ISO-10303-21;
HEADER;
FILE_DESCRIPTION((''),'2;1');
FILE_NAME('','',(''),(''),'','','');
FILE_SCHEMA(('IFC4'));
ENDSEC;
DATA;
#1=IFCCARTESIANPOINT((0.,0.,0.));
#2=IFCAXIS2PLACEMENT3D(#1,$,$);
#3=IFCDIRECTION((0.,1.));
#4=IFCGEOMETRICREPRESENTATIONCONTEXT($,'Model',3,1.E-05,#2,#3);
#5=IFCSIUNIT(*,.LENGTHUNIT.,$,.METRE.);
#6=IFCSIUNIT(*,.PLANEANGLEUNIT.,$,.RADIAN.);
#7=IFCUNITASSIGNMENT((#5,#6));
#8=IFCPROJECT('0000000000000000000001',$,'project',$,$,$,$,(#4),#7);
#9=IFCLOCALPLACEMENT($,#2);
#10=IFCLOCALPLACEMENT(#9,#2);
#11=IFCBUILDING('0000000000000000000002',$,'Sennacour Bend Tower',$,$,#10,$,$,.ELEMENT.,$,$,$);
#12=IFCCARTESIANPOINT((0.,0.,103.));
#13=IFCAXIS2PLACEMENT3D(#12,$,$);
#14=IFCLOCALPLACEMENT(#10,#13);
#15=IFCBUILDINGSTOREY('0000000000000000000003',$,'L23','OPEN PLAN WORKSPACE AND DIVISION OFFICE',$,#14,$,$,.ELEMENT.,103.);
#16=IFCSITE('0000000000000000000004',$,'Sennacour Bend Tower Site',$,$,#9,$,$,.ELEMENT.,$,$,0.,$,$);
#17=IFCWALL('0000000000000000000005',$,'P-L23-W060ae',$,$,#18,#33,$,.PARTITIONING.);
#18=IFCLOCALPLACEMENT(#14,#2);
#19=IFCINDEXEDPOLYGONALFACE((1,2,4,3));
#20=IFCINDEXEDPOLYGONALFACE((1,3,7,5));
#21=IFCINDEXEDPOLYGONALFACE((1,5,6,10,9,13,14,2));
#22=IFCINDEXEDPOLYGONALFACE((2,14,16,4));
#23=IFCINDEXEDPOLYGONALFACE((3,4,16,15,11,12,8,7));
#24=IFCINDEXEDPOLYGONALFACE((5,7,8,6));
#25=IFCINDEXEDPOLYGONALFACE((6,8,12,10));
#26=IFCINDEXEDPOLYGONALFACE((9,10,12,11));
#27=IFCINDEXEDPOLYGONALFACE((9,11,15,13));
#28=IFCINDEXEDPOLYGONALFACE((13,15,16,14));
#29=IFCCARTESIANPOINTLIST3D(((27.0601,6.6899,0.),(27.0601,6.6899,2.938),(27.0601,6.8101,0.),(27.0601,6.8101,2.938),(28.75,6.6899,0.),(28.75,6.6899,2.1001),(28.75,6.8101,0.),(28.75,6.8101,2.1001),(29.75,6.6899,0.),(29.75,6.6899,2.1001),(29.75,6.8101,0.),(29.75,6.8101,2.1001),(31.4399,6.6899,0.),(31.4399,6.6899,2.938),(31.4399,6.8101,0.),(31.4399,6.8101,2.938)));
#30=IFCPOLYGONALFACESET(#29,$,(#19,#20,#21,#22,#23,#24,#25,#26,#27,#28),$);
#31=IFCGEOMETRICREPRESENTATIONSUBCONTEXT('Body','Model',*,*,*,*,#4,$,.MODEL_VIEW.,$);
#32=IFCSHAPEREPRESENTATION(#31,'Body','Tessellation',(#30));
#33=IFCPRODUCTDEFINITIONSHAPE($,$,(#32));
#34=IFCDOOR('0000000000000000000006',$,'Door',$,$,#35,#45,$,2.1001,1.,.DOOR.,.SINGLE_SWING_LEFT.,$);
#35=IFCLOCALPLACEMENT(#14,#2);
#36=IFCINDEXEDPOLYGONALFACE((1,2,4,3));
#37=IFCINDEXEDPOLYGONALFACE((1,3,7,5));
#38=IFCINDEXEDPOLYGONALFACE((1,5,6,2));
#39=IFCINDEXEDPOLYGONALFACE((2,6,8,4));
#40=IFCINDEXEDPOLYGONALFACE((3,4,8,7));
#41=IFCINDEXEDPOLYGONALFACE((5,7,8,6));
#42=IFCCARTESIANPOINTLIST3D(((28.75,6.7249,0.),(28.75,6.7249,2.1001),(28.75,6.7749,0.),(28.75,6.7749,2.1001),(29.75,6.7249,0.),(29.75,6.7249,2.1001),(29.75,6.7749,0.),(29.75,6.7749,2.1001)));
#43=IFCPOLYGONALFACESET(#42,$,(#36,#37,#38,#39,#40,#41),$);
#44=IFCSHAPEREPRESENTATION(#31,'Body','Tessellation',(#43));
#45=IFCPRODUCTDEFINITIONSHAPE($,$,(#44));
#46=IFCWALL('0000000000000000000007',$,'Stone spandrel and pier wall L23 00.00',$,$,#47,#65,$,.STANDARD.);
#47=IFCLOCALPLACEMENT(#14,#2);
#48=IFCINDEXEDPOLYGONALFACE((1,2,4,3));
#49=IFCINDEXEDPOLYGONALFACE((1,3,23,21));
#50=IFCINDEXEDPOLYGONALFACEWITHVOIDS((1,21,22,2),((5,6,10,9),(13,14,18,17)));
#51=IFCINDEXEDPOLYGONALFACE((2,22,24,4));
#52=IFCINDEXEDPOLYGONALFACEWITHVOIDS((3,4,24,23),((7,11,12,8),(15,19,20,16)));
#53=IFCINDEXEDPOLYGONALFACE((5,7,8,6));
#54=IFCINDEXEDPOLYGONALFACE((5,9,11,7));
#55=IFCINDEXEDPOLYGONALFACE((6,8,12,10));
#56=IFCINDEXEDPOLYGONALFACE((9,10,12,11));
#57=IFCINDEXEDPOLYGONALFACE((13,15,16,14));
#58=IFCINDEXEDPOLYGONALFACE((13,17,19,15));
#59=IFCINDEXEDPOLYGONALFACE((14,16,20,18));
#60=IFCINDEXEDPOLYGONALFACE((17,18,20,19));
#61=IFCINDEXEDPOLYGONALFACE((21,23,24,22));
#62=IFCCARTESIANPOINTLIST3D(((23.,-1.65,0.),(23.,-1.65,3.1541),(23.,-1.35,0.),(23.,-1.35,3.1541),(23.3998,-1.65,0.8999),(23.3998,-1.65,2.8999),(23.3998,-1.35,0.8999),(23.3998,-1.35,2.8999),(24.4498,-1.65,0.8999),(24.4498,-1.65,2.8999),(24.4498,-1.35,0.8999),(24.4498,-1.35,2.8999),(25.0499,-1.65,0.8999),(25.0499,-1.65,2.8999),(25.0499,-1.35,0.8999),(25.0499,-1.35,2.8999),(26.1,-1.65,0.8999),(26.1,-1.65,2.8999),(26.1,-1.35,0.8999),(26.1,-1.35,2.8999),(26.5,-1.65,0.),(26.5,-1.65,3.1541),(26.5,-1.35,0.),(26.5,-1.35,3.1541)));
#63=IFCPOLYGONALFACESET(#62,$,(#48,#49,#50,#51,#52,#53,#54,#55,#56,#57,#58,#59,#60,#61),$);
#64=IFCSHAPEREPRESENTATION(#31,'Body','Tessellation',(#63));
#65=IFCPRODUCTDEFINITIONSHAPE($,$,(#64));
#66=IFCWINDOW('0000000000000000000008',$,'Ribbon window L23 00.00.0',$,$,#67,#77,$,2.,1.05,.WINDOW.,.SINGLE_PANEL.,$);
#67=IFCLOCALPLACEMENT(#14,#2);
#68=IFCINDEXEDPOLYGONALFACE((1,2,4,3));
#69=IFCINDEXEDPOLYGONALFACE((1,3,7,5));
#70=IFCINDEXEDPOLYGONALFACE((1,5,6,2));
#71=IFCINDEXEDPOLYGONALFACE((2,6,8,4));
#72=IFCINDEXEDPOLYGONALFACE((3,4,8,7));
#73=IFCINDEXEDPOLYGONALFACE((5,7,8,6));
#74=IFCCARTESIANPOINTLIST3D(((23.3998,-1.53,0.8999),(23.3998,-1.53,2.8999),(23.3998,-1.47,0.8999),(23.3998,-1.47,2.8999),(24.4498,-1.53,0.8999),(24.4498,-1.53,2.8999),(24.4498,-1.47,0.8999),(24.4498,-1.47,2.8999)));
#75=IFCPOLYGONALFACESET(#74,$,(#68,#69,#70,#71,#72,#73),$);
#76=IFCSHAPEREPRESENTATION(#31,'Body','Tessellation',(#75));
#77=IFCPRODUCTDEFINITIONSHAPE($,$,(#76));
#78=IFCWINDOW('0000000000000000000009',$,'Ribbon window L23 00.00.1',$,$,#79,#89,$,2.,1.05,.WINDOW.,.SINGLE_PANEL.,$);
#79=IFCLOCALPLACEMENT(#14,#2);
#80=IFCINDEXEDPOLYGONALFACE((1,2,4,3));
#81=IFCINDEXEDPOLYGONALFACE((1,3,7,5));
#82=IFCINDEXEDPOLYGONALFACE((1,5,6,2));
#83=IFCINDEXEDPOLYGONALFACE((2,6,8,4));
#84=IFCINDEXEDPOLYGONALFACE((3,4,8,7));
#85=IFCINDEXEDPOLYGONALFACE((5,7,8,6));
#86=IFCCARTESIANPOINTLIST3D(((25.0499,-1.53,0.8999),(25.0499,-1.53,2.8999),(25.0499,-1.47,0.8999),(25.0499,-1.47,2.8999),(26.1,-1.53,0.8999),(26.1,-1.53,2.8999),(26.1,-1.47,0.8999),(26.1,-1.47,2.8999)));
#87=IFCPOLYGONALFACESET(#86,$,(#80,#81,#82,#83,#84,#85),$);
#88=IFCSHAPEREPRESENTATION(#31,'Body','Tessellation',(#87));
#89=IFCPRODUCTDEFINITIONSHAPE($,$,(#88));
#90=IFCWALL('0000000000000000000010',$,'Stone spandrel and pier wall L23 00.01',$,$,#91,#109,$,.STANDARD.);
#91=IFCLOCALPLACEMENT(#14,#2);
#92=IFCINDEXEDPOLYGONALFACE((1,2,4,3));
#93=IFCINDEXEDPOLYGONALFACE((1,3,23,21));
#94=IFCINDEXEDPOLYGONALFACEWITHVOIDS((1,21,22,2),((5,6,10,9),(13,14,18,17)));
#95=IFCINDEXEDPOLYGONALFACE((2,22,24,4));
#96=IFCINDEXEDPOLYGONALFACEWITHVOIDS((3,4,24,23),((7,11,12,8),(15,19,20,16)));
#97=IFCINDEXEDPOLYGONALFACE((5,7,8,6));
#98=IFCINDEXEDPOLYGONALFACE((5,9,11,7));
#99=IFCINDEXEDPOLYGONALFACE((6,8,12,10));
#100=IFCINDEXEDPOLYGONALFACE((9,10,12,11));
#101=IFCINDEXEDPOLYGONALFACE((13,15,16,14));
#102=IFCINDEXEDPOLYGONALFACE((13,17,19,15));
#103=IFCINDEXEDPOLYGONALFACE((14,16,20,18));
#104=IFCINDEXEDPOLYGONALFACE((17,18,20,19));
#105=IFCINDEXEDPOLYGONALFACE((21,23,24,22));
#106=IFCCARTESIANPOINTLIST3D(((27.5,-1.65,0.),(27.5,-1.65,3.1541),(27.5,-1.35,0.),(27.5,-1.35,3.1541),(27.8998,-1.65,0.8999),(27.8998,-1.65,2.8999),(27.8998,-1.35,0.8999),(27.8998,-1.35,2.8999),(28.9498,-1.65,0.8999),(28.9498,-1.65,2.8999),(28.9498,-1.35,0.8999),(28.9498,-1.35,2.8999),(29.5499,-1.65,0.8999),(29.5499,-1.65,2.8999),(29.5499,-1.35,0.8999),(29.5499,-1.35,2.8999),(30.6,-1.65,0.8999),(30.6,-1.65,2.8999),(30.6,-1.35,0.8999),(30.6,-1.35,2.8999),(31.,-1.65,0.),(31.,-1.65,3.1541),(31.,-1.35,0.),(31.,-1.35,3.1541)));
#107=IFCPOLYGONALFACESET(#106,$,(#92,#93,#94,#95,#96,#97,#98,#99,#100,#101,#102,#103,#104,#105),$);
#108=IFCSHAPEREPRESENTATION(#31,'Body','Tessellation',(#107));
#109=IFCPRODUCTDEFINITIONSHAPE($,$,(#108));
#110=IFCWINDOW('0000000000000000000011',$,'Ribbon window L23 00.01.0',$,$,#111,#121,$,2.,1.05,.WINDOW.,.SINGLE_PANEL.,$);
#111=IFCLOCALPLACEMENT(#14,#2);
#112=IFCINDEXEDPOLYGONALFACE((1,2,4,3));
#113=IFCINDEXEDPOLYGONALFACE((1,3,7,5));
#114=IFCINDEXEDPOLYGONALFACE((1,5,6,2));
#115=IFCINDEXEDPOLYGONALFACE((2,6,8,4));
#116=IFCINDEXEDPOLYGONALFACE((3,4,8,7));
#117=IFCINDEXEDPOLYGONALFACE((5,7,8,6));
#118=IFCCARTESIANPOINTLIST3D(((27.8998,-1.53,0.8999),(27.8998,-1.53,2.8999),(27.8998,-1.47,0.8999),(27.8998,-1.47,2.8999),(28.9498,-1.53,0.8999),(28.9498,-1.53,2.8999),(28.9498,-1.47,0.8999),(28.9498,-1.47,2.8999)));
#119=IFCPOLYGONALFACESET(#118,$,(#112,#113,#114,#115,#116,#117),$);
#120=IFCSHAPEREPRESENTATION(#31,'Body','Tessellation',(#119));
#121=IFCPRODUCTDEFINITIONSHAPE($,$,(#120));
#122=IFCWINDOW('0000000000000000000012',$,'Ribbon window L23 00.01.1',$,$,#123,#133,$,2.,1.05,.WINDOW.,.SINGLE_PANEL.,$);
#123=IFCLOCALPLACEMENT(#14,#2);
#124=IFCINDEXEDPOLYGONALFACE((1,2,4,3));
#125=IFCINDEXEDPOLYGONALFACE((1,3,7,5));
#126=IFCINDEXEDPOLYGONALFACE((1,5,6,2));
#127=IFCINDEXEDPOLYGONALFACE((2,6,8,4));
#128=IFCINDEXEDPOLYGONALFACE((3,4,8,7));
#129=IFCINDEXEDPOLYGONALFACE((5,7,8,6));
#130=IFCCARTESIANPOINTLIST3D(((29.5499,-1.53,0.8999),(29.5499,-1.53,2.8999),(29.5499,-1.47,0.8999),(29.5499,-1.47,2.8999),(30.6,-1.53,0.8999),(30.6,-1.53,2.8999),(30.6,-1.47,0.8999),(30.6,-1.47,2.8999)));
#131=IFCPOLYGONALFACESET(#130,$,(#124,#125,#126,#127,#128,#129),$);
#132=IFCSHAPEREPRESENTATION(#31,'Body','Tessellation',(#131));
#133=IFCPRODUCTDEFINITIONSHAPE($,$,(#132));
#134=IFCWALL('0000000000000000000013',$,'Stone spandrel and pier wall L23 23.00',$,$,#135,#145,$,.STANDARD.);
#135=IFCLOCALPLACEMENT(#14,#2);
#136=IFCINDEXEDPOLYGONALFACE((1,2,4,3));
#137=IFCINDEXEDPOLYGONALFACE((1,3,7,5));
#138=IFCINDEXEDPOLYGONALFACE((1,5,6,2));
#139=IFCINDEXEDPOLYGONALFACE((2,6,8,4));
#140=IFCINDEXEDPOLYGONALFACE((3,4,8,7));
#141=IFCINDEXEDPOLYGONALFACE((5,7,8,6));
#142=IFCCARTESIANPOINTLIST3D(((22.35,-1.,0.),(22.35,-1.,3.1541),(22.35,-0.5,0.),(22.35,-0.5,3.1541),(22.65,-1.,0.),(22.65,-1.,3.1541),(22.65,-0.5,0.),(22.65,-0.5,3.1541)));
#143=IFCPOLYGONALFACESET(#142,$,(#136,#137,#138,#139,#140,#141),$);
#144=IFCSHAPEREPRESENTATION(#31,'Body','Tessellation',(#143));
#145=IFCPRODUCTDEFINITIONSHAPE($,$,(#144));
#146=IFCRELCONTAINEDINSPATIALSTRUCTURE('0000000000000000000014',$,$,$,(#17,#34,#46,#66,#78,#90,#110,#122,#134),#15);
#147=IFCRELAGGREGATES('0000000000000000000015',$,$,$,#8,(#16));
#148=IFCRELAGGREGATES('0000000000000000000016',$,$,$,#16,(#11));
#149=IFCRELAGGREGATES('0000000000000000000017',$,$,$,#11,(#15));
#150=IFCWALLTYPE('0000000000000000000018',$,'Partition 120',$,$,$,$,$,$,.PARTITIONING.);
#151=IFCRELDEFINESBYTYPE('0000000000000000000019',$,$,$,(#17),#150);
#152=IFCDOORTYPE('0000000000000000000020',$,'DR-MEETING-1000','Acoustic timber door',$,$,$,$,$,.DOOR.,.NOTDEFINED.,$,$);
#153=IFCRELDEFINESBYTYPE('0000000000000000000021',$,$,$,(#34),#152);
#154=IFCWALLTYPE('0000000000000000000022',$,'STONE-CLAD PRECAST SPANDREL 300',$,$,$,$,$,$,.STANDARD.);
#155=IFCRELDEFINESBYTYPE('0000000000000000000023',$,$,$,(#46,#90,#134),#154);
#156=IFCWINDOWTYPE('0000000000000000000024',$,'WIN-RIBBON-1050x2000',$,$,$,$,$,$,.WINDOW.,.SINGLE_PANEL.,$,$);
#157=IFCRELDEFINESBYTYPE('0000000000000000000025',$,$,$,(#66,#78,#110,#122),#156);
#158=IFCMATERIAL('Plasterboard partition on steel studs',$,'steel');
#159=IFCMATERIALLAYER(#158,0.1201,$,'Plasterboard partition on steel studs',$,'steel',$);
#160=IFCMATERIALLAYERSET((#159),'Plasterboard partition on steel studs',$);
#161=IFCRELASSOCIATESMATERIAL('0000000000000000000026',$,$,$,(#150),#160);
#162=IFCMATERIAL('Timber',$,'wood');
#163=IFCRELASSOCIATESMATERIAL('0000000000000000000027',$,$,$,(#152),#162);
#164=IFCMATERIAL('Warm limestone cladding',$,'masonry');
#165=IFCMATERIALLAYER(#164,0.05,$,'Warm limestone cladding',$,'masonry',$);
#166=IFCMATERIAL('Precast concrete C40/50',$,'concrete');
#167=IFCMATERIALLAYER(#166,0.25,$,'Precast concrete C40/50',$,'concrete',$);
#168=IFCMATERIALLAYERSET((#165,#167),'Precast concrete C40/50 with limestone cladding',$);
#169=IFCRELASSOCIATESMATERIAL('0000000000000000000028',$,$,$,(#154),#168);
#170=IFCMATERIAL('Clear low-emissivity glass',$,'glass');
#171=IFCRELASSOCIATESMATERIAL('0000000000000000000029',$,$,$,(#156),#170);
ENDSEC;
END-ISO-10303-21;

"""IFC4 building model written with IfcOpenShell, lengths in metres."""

from ifc_helpers import new_model, si_unit, direction, frame, frame_2d, origin, place, context, subcontext, project, spatial, rectangle, extrude, material, layer, layer_set, type_object, element, fill, save


model = new_model("IFC4")

# Units and contexts
model_context = context("Model", 3, precision=1e-05, world=origin(), true_north=direction((0.0, 1.0)))
body_context = subcontext(model_context, "Body", "Model", "MODEL_VIEW")
ifc_project = project(units=[si_unit("LENGTHUNIT", "METRE"), si_unit("PLANEANGLEUNIT", "RADIAN")], contexts=[model_context])

# Site, building, storey
site_placement = place(None, origin())
site = spatial("IfcSite", under=ifc_project, at=site_placement, Name="Sennacour Bend Tower Site", CompositionType="ELEMENT", RefElevation=0.0)
building_placement = place(site_placement, origin())
building = spatial("IfcBuilding", under=site, at=building_placement, Name="Sennacour Bend Tower", CompositionType="ELEMENT")
storey_placement = place(building_placement, frame((0.0, 0.0, 103.0)))
storey = spatial("IfcBuildingStorey", under=building, at=storey_placement, Name="L23", Description="OPEN PLAN WORKSPACE AND DIVISION OFFICE", CompositionType="ELEMENT", Elevation=103.0)

# Shared definitions
ifc_material_1 = material(Name="Plasterboard partition on steel studs", Category="steel")
ifc_layer_1 = layer(ifc_material_1, 0.1201, Name="Plasterboard partition on steel studs", Category="steel")
ifc_layer_set_1 = layer_set([ifc_layer_1], Name="Plasterboard partition on steel studs")
wall_type_1 = type_object("IfcWallType", Name="Partition 120", PredefinedType="PARTITIONING", material=ifc_layer_set_1)

# Wall, opening, door
ifc_material_2 = material(Name="Timber", Category="wood")
wall_1_placement = place(storey_placement, frame((27.0601, 6.75, 0.0), z_axis=(0.0, 0.0, 1.0), x_axis=(1.0, 0.0, 0.0)))
wall_1 = element("IfcWall", 1, at=wall_1_placement, inside=storey, type_object=wall_type_1, Name="P-L23-W060ae", PredefinedType="PARTITIONING", context=body_context, shape_type="SweptSolid", body=[
    extrude(rectangle(XDim=4.3799, YDim=0.1201, at=frame_2d((2.1899, 0.0))), origin(), (0.0, 0.0, 1.0), 2.938),
])
opening_1_placement = place(wall_1_placement, frame((1.6899, 0.0, 0.0)))
opening_1 = element("IfcOpeningElement", 2, at=opening_1_placement, cuts=wall_1, PredefinedType="OPENING", context=body_context, shape_type="SweptSolid", body=[
    extrude(rectangle(XDim=1.0, YDim=2.1001, at=frame_2d((0.5, 1.05))), frame((0.0, 0.0701, 0.0), z_axis=(0.0, -1.0, 0.0), x_axis=(1.0, 0.0, 0.0)), (0.0, 0.0, 1.0), 0.1401),
])
door_type_1 = type_object("IfcDoorType", Name="DR-MEETING-1000", Description="Acoustic timber door", OperationType="NOTDEFINED", PredefinedType="DOOR", material=ifc_material_2)
door_1_placement = place(opening_1_placement, origin())
door_1 = element("IfcDoor", 3, at=door_1_placement, inside=storey, type_object=door_type_1, Name="Door", OperationType="SINGLE_SWING_LEFT", OverallHeight=2.1001, OverallWidth=1.0, PredefinedType="DOOR", context=body_context, shape_type="SweptSolid", body=[
    extrude(rectangle(XDim=1.0, YDim=2.1001, at=frame_2d((0.5, 1.05))), frame((0.0, 0.0249, 0.0), z_axis=(0.0, -1.0, 0.0), x_axis=(1.0, 0.0, 0.0)), (0.0, 0.0, 1.0), 0.05),
])
fill(opening_1, door_1)

# Walls, openings, windows
ifc_material_3 = material(Name="Warm limestone cladding", Category="masonry")
ifc_layer_2 = layer(ifc_material_3, 0.05, Name="Warm limestone cladding", Category="masonry")
ifc_material_4 = material(Name="Precast concrete C40/50", Category="concrete")
ifc_layer_3 = layer(ifc_material_4, 0.25, Name="Precast concrete C40/50", Category="concrete")
ifc_layer_set_2 = layer_set([ifc_layer_2, ifc_layer_3], Name="Precast concrete C40/50 with limestone cladding")
wall_type_2 = type_object("IfcWallType", Name="STONE-CLAD PRECAST SPANDREL 300", PredefinedType="STANDARD", material=ifc_layer_set_2)
wall_2_placement = place(storey_placement, frame((23.0, -1.5, 0.0), z_axis=(0.0, 0.0, 1.0), x_axis=(1.0, 0.0, 0.0)))
wall_2 = element("IfcWall", 4, at=wall_2_placement, inside=storey, type_object=wall_type_2, Name="Stone spandrel and pier wall L23 00.00", PredefinedType="STANDARD", context=body_context, shape_type="SweptSolid", body=[
    extrude(rectangle(XDim=3.5, YDim=0.3, at=frame_2d((1.75, 0.0))), origin(), (0.0, 0.0, 1.0), 3.1541),
])
opening_2_placement = place(wall_2_placement, frame((0.3999, 0.0, 0.8999)))
opening_2 = element("IfcOpeningElement", 5, at=opening_2_placement, cuts=wall_2, PredefinedType="OPENING", context=body_context, shape_type="SweptSolid", body=[
    extrude(rectangle(XDim=1.05, YDim=2.0, at=frame_2d((0.5249, 1.0))), frame((0.0, 0.1602, 0.0), z_axis=(0.0, -1.0, 0.0), x_axis=(1.0, 0.0, 0.0)), (0.0, 0.0, 1.0), 0.3201),
])
opening_3_placement = place(wall_2_placement, frame((2.05, 0.0, 0.8999)))
opening_3 = element("IfcOpeningElement", 6, at=opening_3_placement, cuts=wall_2, PredefinedType="OPENING", context=body_context, shape_type="SweptSolid", body=[
    extrude(rectangle(XDim=1.05, YDim=2.0, at=frame_2d((0.5249, 1.0))), frame((0.0, 0.1602, 0.0), z_axis=(0.0, -1.0, 0.0), x_axis=(1.0, 0.0, 0.0)), (0.0, 0.0, 1.0), 0.3201),
])
ifc_material_5 = material(Name="Clear low-emissivity glass", Category="glass")
window_type = type_object("IfcWindowType", Name="WIN-RIBBON-1050x2000", PartitioningType="SINGLE_PANEL", PredefinedType="WINDOW", material=ifc_material_5)
window_1_placement = place(opening_2_placement, origin())
window_1 = element("IfcWindow", 7, at=window_1_placement, inside=storey, type_object=window_type, Name="Ribbon window L23 00.00.0", OverallHeight=2.0, OverallWidth=1.05, PartitioningType="SINGLE_PANEL", PredefinedType="WINDOW", context=body_context, shape_type="SweptSolid", body=[
    extrude(rectangle(XDim=1.05, YDim=2.0, at=frame_2d((0.5249, 1.0))), frame((0.0, 0.03, 0.0), z_axis=(0.0, -1.0, 0.0), x_axis=(1.0, 0.0, 0.0)), (0.0, 0.0, 1.0), 0.0601),
])
fill(opening_2, window_1)
window_2_placement = place(opening_3_placement, origin())
window_2 = element("IfcWindow", 8, at=window_2_placement, inside=storey, type_object=window_type, Name="Ribbon window L23 00.00.1", OverallHeight=2.0, OverallWidth=1.05, PartitioningType="SINGLE_PANEL", PredefinedType="WINDOW", context=body_context, shape_type="SweptSolid", body=[
    extrude(rectangle(XDim=1.05, YDim=2.0, at=frame_2d((0.5249, 1.0))), frame((0.0, 0.03, 0.0), z_axis=(0.0, -1.0, 0.0), x_axis=(1.0, 0.0, 0.0)), (0.0, 0.0, 1.0), 0.0601),
])
fill(opening_3, window_2)
wall_3_placement = place(storey_placement, frame((27.5, -1.5, 0.0), z_axis=(0.0, 0.0, 1.0), x_axis=(1.0, 0.0, 0.0)))
wall_3 = element("IfcWall", 9, at=wall_3_placement, inside=storey, type_object=wall_type_2, Name="Stone spandrel and pier wall L23 00.01", PredefinedType="STANDARD", context=body_context, shape_type="SweptSolid", body=[
    extrude(rectangle(XDim=3.5, YDim=0.3, at=frame_2d((1.75, 0.0))), origin(), (0.0, 0.0, 1.0), 3.1541),
])
opening_4_placement = place(wall_3_placement, frame((0.3999, 0.0, 0.8999)))
opening_4 = element("IfcOpeningElement", 10, at=opening_4_placement, cuts=wall_3, PredefinedType="OPENING", context=body_context, shape_type="SweptSolid", body=[
    extrude(rectangle(XDim=1.05, YDim=2.0, at=frame_2d((0.5249, 1.0))), frame((0.0, 0.1602, 0.0), z_axis=(0.0, -1.0, 0.0), x_axis=(1.0, 0.0, 0.0)), (0.0, 0.0, 1.0), 0.3201),
])
opening_5_placement = place(wall_3_placement, frame((2.05, 0.0, 0.8999)))
opening_5 = element("IfcOpeningElement", 11, at=opening_5_placement, cuts=wall_3, PredefinedType="OPENING", context=body_context, shape_type="SweptSolid", body=[
    extrude(rectangle(XDim=1.05, YDim=2.0, at=frame_2d((0.5249, 1.0))), frame((0.0, 0.1602, 0.0), z_axis=(0.0, -1.0, 0.0), x_axis=(1.0, 0.0, 0.0)), (0.0, 0.0, 1.0), 0.3201),
])
window_3_placement = place(opening_4_placement, origin())
window_3 = element("IfcWindow", 12, at=window_3_placement, inside=storey, type_object=window_type, Name="Ribbon window L23 00.01.0", OverallHeight=2.0, OverallWidth=1.05, PartitioningType="SINGLE_PANEL", PredefinedType="WINDOW", context=body_context, shape_type="SweptSolid", body=[
    extrude(rectangle(XDim=1.05, YDim=2.0, at=frame_2d((0.5249, 1.0))), frame((0.0, 0.03, 0.0), z_axis=(0.0, -1.0, 0.0), x_axis=(1.0, 0.0, 0.0)), (0.0, 0.0, 1.0), 0.0601),
])
fill(opening_4, window_3)
window_4_placement = place(opening_5_placement, origin())
window_4 = element("IfcWindow", 13, at=window_4_placement, inside=storey, type_object=window_type, Name="Ribbon window L23 00.01.1", OverallHeight=2.0, OverallWidth=1.05, PartitioningType="SINGLE_PANEL", PredefinedType="WINDOW", context=body_context, shape_type="SweptSolid", body=[
    extrude(rectangle(XDim=1.05, YDim=2.0, at=frame_2d((0.5249, 1.0))), frame((0.0, 0.03, 0.0), z_axis=(0.0, -1.0, 0.0), x_axis=(1.0, 0.0, 0.0)), (0.0, 0.0, 1.0), 0.0601),
])
fill(opening_5, window_4)

# Wall
wall_4_placement = place(storey_placement, frame((22.5, -0.5, 0.0), z_axis=(0.0, 0.0, 1.0), x_axis=(0.0, -1.0, 0.0)))
element("IfcWall", 14, at=wall_4_placement, inside=storey, type_object=wall_type_2, Name="Stone spandrel and pier wall L23 23.00", PredefinedType="STANDARD", context=body_context, shape_type="SweptSolid", body=[
    extrude(rectangle(XDim=0.5, YDim=0.3, at=frame_2d((0.25, 0.0))), origin(), (0.0, 0.0, 1.0), 3.1541),
])

save(model, "model.ifc")
